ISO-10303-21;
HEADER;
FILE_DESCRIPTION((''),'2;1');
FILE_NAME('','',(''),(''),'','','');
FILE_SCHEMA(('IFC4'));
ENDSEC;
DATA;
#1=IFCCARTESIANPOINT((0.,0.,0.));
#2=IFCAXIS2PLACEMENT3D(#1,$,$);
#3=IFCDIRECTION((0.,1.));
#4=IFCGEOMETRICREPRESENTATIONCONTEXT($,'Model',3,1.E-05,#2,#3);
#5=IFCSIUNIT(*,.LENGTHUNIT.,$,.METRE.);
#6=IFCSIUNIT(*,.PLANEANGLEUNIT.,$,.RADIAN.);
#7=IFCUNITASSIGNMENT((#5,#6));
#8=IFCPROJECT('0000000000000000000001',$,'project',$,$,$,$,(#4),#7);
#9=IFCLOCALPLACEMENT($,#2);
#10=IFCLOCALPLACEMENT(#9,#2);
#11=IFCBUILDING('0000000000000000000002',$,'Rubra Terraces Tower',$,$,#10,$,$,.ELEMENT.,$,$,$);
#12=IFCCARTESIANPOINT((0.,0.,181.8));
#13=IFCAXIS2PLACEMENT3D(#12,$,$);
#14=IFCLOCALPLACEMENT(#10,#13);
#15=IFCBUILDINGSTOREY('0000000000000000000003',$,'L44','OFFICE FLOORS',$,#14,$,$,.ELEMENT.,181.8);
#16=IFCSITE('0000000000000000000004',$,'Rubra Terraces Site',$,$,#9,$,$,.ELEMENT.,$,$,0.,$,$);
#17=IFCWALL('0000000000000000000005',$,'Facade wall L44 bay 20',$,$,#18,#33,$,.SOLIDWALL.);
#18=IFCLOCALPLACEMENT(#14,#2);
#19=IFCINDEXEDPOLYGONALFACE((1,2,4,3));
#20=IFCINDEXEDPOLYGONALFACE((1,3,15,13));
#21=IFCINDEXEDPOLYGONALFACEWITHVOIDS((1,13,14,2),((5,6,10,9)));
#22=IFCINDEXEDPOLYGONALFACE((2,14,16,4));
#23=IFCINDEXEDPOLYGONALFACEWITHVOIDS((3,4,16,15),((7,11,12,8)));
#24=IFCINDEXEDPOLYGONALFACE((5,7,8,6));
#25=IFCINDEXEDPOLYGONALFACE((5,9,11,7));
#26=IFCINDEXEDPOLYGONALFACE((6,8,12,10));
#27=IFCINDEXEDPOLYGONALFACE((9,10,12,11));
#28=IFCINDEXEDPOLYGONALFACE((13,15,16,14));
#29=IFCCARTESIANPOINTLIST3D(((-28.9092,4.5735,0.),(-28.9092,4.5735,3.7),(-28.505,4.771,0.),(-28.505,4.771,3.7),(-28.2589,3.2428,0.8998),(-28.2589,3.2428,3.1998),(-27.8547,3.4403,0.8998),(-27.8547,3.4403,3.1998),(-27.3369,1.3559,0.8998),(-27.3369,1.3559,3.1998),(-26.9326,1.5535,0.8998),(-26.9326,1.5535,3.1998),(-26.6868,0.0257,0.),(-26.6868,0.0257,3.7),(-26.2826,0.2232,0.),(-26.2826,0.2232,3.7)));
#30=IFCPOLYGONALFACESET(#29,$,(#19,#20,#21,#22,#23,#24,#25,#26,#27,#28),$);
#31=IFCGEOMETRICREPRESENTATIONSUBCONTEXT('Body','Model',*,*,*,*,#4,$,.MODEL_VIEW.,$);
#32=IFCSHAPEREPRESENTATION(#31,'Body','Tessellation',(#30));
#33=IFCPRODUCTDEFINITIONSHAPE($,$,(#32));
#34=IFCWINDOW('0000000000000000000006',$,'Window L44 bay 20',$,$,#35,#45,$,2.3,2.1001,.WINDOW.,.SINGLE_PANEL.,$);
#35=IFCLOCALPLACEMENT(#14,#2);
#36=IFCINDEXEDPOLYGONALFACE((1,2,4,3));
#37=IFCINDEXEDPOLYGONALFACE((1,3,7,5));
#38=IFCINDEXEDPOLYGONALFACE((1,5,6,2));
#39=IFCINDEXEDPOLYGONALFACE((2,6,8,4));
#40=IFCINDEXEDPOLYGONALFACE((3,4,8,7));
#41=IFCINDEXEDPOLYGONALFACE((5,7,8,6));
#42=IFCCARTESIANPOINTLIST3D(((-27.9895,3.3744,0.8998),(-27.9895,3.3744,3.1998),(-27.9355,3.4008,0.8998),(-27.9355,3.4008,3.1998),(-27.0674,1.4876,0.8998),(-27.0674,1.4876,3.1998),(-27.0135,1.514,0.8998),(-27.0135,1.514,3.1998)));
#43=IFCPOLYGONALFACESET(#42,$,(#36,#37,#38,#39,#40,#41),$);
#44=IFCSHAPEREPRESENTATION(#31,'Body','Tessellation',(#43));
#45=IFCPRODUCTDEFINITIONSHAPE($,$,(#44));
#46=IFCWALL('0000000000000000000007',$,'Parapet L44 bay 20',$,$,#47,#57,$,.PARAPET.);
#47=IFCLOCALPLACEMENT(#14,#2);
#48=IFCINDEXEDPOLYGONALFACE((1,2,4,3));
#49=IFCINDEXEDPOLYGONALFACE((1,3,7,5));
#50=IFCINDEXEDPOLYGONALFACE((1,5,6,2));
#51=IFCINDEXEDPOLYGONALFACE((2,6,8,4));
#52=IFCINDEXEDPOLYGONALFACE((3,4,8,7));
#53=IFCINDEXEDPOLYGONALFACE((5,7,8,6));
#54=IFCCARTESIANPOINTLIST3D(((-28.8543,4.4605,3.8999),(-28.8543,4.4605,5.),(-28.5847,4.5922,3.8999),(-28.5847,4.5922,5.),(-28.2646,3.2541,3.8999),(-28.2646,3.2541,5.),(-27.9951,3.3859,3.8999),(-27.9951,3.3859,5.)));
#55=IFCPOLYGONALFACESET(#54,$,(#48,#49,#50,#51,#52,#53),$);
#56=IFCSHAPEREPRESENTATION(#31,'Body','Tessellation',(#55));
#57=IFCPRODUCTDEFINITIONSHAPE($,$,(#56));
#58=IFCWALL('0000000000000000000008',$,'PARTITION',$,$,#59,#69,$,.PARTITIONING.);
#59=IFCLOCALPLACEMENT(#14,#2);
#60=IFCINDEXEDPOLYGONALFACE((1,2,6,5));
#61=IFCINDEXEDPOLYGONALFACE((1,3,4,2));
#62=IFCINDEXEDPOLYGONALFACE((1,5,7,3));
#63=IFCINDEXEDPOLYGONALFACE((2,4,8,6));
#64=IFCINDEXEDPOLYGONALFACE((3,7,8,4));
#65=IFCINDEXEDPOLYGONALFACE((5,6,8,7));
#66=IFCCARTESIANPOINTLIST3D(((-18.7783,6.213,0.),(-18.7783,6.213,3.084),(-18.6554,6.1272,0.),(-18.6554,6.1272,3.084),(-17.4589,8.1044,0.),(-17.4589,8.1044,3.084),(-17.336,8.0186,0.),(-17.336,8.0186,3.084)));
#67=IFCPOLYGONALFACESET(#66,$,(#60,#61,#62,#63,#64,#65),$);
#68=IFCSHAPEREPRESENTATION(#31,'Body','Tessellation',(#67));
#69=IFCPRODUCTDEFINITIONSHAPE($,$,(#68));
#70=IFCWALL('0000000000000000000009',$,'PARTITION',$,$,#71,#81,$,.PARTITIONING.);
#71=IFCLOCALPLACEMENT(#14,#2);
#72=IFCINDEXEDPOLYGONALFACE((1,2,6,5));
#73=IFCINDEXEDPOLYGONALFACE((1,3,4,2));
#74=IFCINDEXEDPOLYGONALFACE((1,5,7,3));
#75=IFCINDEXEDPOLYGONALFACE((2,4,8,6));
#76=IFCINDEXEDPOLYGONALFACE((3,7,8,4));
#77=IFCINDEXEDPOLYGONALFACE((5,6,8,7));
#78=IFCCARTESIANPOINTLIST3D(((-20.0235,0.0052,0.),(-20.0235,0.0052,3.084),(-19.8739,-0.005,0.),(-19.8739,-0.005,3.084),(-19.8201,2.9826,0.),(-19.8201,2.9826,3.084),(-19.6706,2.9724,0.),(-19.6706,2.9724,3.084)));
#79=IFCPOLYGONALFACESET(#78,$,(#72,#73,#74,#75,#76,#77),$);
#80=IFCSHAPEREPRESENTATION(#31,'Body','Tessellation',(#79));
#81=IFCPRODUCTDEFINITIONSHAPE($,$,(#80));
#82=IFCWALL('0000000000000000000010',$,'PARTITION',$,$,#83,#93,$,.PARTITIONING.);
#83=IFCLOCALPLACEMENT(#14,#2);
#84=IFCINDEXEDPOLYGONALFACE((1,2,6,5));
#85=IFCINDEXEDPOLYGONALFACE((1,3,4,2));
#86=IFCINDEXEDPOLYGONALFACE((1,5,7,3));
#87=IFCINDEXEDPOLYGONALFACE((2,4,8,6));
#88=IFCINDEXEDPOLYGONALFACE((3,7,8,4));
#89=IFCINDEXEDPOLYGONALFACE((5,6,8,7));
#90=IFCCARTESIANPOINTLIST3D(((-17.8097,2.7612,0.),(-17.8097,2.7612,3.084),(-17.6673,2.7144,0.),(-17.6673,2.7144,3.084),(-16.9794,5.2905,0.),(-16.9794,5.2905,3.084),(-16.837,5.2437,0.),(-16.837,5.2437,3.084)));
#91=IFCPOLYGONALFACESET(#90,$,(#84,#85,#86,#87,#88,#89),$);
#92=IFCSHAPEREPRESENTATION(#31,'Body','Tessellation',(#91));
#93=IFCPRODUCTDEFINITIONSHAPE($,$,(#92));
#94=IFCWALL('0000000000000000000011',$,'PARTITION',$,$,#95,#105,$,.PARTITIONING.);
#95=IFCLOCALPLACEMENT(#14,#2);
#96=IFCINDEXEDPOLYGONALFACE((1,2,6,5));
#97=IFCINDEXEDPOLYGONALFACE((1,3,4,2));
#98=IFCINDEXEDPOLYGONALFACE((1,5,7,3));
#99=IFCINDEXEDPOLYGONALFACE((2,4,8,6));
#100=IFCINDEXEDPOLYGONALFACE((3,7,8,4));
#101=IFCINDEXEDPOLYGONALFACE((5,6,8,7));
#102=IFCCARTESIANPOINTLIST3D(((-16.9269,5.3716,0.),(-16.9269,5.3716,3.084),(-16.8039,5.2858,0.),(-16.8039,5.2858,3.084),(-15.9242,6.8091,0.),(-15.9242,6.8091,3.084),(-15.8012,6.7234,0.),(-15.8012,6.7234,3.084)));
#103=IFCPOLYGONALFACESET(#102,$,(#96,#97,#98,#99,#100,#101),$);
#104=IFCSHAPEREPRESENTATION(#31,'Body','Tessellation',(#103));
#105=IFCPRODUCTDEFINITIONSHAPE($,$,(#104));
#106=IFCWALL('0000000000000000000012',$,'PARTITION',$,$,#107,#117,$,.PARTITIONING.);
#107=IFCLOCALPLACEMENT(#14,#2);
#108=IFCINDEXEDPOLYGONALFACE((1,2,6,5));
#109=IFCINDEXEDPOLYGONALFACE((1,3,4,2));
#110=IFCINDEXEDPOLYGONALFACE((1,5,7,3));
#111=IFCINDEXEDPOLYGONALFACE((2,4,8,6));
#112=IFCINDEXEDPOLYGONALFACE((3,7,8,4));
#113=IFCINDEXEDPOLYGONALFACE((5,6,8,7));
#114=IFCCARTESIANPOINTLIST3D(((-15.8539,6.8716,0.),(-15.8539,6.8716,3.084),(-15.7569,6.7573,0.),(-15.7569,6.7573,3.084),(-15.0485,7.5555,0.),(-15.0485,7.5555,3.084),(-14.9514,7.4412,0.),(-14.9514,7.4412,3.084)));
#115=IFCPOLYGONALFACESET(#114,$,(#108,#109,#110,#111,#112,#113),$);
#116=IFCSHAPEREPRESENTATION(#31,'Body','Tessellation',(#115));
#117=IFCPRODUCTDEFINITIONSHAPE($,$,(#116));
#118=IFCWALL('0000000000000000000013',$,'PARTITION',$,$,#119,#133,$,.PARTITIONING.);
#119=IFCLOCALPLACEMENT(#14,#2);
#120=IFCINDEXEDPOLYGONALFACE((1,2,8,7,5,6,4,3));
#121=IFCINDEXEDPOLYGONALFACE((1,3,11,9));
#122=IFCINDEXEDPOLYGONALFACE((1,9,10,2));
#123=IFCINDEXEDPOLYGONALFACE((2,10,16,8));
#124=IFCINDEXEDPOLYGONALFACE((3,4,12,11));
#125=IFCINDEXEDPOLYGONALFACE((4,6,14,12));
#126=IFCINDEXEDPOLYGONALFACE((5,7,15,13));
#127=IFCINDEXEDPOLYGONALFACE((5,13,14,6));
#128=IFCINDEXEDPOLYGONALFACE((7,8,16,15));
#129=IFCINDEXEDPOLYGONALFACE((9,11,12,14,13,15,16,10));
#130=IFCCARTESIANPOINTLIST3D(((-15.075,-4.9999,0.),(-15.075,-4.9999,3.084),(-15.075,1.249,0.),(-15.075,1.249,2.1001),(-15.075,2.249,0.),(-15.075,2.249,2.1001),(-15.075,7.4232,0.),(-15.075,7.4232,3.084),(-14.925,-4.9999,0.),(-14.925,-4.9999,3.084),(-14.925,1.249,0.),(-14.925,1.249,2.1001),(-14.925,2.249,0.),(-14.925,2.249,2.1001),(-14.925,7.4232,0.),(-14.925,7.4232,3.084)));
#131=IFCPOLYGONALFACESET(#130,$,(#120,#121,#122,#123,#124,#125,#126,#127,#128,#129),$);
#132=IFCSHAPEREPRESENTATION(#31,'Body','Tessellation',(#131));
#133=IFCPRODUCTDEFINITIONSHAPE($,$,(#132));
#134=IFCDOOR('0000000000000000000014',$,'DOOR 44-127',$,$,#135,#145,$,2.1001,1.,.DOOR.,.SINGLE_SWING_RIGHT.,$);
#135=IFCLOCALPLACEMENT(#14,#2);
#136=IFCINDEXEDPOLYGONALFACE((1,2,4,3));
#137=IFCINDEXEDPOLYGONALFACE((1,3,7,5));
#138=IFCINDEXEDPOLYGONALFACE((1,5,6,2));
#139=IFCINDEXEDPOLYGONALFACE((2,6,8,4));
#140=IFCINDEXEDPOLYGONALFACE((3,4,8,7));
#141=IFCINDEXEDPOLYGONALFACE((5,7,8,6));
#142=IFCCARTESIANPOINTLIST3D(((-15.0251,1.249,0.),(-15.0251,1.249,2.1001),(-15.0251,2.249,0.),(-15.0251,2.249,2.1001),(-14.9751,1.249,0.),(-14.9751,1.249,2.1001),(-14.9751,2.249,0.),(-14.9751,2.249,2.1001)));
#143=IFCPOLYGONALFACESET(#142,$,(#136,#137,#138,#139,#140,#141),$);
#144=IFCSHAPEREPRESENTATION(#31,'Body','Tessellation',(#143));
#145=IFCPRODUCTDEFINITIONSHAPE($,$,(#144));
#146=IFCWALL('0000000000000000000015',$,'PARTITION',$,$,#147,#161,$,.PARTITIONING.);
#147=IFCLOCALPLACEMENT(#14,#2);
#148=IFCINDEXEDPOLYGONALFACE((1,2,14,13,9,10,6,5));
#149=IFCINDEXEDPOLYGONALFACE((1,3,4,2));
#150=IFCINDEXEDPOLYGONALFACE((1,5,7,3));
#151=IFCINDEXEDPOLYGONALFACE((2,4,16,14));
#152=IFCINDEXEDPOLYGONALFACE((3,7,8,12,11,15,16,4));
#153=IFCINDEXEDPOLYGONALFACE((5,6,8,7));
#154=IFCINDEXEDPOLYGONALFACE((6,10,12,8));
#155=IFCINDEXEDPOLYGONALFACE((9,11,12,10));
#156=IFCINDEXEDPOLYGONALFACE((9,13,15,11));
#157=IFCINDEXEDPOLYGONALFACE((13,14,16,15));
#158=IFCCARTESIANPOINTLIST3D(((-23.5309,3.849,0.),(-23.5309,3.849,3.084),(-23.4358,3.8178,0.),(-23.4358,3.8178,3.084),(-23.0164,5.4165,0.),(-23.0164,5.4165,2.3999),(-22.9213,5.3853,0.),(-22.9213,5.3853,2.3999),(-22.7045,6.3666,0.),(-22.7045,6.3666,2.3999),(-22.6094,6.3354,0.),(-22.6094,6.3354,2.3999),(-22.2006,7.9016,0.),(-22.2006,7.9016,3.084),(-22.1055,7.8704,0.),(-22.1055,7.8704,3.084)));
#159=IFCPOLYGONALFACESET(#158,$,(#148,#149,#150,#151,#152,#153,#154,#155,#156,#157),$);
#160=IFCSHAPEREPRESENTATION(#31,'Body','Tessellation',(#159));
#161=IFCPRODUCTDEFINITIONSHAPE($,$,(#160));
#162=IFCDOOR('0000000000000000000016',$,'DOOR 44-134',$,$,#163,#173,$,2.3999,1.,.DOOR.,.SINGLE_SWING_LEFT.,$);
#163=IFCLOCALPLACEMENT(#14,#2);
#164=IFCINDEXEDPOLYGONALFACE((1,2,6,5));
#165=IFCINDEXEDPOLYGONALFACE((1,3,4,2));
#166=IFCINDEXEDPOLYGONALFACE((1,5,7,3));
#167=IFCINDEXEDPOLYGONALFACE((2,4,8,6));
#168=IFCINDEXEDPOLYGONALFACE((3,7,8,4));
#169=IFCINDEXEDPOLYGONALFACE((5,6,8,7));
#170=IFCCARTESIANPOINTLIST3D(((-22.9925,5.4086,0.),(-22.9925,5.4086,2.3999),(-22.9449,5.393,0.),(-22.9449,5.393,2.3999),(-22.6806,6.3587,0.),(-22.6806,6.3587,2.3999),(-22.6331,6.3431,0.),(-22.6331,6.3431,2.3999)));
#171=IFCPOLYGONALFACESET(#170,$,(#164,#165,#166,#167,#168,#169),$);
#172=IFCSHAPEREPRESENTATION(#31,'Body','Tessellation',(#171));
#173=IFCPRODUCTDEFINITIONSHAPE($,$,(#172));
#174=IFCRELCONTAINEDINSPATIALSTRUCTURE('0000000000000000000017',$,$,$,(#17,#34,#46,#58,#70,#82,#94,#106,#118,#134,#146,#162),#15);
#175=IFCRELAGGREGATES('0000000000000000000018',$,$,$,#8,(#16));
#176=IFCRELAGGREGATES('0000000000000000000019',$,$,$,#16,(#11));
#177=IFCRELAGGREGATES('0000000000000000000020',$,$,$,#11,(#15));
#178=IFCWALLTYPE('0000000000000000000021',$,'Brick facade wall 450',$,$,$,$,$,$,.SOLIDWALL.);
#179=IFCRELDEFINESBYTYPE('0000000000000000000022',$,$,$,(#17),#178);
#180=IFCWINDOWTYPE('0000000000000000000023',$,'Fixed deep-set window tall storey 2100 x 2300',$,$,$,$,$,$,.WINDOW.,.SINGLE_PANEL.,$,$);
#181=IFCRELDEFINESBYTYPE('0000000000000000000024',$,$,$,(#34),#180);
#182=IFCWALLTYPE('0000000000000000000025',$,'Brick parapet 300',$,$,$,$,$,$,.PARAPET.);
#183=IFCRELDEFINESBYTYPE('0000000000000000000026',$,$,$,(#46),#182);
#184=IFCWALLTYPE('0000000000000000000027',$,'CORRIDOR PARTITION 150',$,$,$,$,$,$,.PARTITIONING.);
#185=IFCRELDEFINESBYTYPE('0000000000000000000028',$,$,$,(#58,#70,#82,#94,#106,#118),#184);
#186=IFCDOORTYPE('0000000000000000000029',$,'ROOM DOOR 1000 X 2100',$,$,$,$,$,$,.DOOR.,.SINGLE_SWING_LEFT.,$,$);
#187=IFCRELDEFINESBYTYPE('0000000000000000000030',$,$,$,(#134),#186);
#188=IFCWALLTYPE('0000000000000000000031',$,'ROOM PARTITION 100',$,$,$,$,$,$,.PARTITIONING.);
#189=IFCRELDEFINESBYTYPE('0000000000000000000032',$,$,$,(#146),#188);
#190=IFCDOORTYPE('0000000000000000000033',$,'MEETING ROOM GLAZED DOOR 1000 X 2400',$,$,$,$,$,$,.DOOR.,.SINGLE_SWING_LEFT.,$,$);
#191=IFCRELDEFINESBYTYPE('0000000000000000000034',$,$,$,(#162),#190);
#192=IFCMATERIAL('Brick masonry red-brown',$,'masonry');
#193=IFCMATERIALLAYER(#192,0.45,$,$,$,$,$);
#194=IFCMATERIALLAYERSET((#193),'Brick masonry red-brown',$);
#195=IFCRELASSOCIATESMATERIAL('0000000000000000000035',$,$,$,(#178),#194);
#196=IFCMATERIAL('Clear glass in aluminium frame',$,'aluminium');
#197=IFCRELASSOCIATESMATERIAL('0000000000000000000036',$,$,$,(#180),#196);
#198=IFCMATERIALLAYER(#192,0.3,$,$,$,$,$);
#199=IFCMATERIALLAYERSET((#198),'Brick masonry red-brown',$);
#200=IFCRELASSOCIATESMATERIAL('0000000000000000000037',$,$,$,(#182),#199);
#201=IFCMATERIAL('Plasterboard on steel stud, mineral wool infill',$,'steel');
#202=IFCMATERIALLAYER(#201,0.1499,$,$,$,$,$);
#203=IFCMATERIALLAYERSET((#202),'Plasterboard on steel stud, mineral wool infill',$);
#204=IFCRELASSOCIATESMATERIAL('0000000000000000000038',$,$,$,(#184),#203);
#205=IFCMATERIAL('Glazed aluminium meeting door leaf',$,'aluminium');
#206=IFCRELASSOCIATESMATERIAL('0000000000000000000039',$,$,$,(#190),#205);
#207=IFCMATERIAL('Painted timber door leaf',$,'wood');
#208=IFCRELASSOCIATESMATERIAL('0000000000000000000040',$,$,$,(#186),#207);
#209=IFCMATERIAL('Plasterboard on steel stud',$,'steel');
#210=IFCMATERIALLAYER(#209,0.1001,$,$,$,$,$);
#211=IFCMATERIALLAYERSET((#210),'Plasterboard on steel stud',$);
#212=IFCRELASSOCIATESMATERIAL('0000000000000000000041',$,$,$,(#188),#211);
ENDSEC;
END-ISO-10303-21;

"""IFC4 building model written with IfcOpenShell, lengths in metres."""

from ifc_helpers import new_model, si_unit, direction, frame, frame_2d, origin, place, context, subcontext, project, spatial, rectangle, extrude, material, layer, layer_set, type_object, element, fill, save


model = new_model("IFC4")

# Units and contexts
model_context = context("Model", 3, precision=1e-05, world=origin(), true_north=direction((0.0, 1.0)))
body_context = subcontext(model_context, "Body", "Model", "MODEL_VIEW")
ifc_project = project(units=[si_unit("LENGTHUNIT", "METRE"), si_unit("PLANEANGLEUNIT", "RADIAN")], contexts=[model_context])

# Site, building, storey
site_placement = place(None, origin())
site = spatial("IfcSite", under=ifc_project, at=site_placement, Name="Rubra Terraces Site", CompositionType="ELEMENT", RefElevation=0.0)
building_placement = place(site_placement, origin())
building = spatial("IfcBuilding", under=site, at=building_placement, Name="Rubra Terraces Tower", CompositionType="ELEMENT")
storey_placement = place(building_placement, frame((0.0, 0.0, 181.8)))
storey = spatial("IfcBuildingStorey", under=building, at=storey_placement, Name="L44", Description="OFFICE FLOORS", CompositionType="ELEMENT", Elevation=181.8)

# Wall, opening, window
ifc_material_1 = material(Name="Brick masonry red-brown", Category="masonry")
ifc_layer_1 = layer(ifc_material_1, 0.45)
ifc_layer_set_1 = layer_set([ifc_layer_1], Name="Brick masonry red-brown")
wall_type_1 = type_object("IfcWallType", Name="Brick facade wall 450", PredefinedType="SOLIDWALL", material=ifc_layer_set_1)
wall_1_placement = place(storey_placement, frame((-28.707, 4.6721, 0.0), z_axis=(0.0, 0.0, 1.0), x_axis=(0.439054, -0.898461, 0.0)))
wall_1 = element("IfcWall", 1, at=wall_1_placement, inside=storey, type_object=wall_type_1, Name="Facade wall L44 bay 20", PredefinedType="SOLIDWALL", context=body_context, shape_type="SweptSolid", body=[
    extrude(rectangle(XDim=5.0618, YDim=0.45, at=frame_2d((2.5308, 0.0))), origin(), (0.0, 0.0, 1.0), 3.7),
])
opening_1_placement = place(wall_1_placement, frame((1.481, 0.0, 0.8999)))
opening_1 = element("IfcOpeningElement", 2, at=opening_1_placement, cuts=wall_1, PredefinedType="OPENING", context=body_context, shape_type="SweptSolid", body=[
    extrude(rectangle(XDim=2.1001, YDim=2.3, at=frame_2d((1.05, 1.1499))), frame((0.0, 0.2349, 0.0), z_axis=(0.0, -1.0, 0.0), x_axis=(1.0, 0.0, 0.0)), (0.0, 0.0, 1.0), 0.47),
])
ifc_material_2 = material(Name="Clear glass in aluminium frame", Category="aluminium")
window_type = type_object("IfcWindowType", Name="Fixed deep-set window tall storey 2100 x 2300", PartitioningType="SINGLE_PANEL", PredefinedType="WINDOW", material=ifc_material_2)
window_placement = place(opening_1_placement, origin())
window = element("IfcWindow", 3, at=window_placement, inside=storey, type_object=window_type, Name="Window L44 bay 20", OverallHeight=2.3, OverallWidth=2.1001, PartitioningType="SINGLE_PANEL", PredefinedType="WINDOW", context=body_context, shape_type="SweptSolid", body=[
    extrude(rectangle(XDim=2.1001, YDim=2.3, at=frame_2d((1.05, 1.1499))), frame((0.0, 0.135, 0.0), z_axis=(0.0, -1.0, 0.0), x_axis=(1.0, 0.0, 0.0)), (0.0, 0.0, 1.0), 0.0601),
])
fill(opening_1, window)

# Walls
ifc_layer_2 = layer(ifc_material_1, 0.3)
ifc_layer_set_2 = layer_set([ifc_layer_2], Name="Brick masonry red-brown")
wall_type_2 = type_object("IfcWallType", Name="Brick parapet 300", PredefinedType="PARAPET", material=ifc_layer_set_2)
wall_2_placement = place(storey_placement, frame((-28.7195, 4.5264, 3.8999), z_axis=(0.0, 0.0, 1.0), x_axis=(0.439122, -0.898427, 0.0)))
element("IfcWall", 4, at=wall_2_placement, inside=storey, type_object=wall_type_2, Name="Parapet L44 bay 20", PredefinedType="PARAPET", context=body_context, shape_type="SweptSolid", body=[
    extrude(rectangle(XDim=1.3428, YDim=0.3, at=frame_2d((0.6714, 0.0))), origin(), (0.0, 0.0, 1.0), 1.1001),
])
ifc_material_3 = material(Name="Plasterboard on steel stud, mineral wool infill", Category="steel")
ifc_layer_3 = layer(ifc_material_3, 0.1499)
ifc_layer_set_3 = layer_set([ifc_layer_3], Name="Plasterboard on steel stud, mineral wool infill")
wall_type_3 = type_object("IfcWallType", Name="CORRIDOR PARTITION 150", PredefinedType="PARTITIONING", material=ifc_layer_set_3)
wall_3_placement = place(storey_placement, frame((-17.3975, 8.0615, 0.0), z_axis=(0.0, 0.0, 1.0), x_axis=(-0.572119, -0.820171, 0.0)))
element("IfcWall", 5, at=wall_3_placement, inside=storey, type_object=wall_type_3, Name="PARTITION", PredefinedType="PARTITIONING", context=body_context, shape_type="SweptSolid", body=[
    extrude(rectangle(XDim=2.3062, YDim=0.1499, at=frame_2d((1.1531, 0.0))), origin(), (0.0, 0.0, 1.0), 3.084),
])

# Shared definitions
ifc_material_4 = material(Name="Glazed aluminium meeting door leaf", Category="aluminium")
door_type_1 = type_object("IfcDoorType", Name="MEETING ROOM GLAZED DOOR 1000 X 2400", OperationType="SINGLE_SWING_LEFT", PredefinedType="DOOR", material=ifc_material_4)

# Walls
wall_4_placement = place(storey_placement, frame((-19.7454, 2.9775, 0.0), z_axis=(0.0, 0.0, 1.0), x_axis=(-0.068142, -0.997676, 0.0)))
element("IfcWall", 6, at=wall_4_placement, inside=storey, type_object=wall_type_3, Name="PARTITION", PredefinedType="PARTITIONING", context=body_context, shape_type="SweptSolid", body=[
    extrude(rectangle(XDim=2.9844, YDim=0.1499, at=frame_2d((1.4922, 0.0))), origin(), (0.0, 0.0, 1.0), 3.084),
])
wall_5_placement = place(storey_placement, frame((-17.7385, 2.7378, 0.0), z_axis=(0.0, 0.0, 1.0), x_axis=(0.311905, 0.950113, 0.0)))
element("IfcWall", 7, at=wall_5_placement, inside=storey, type_object=wall_type_3, Name="PARTITION", PredefinedType="PARTITIONING", context=body_context, shape_type="SweptSolid", body=[
    extrude(rectangle(XDim=2.6621, YDim=0.1499, at=frame_2d((1.3311, 0.0))), origin(), (0.0, 0.0, 1.0), 3.084),
])
wall_6_placement = place(storey_placement, frame((-16.8655, 5.3286, 0.0), z_axis=(0.0, 0.0, 1.0), x_axis=(0.572097, 0.820186, 0.0)))
element("IfcWall", 8, at=wall_6_placement, inside=storey, type_object=wall_type_3, Name="PARTITION", PredefinedType="PARTITIONING", context=body_context, shape_type="SweptSolid", body=[
    extrude(rectangle(XDim=1.7527, YDim=0.1499, at=frame_2d((0.8765, 0.0))), origin(), (0.0, 0.0, 1.0), 3.084),
])
wall_7_placement = place(storey_placement, frame((-15.8054, 6.8145, 0.0), z_axis=(0.0, 0.0, 1.0), x_axis=(0.762298, 0.647226, 0.0)))
element("IfcWall", 9, at=wall_7_placement, inside=storey, type_object=wall_type_3, Name="PARTITION", PredefinedType="PARTITIONING", context=body_context, shape_type="SweptSolid", body=[
    extrude(rectangle(XDim=1.0566, YDim=0.1499, at=frame_2d((0.5283, 0.0))), origin(), (0.0, 0.0, 1.0), 3.084),
])

# Walls, openings, doors
wall_8_placement = place(storey_placement, frame((-15.0, 7.4231, 0.0), z_axis=(0.0, 0.0, 1.0), x_axis=(0.0, -1.0, 0.0)))
wall_8 = element("IfcWall", 10, at=wall_8_placement, inside=storey, type_object=wall_type_3, Name="PARTITION", PredefinedType="PARTITIONING", context=body_context, shape_type="SweptSolid", body=[
    extrude(rectangle(XDim=12.4231, YDim=0.1499, at=frame_2d((6.2114, 0.0))), origin(), (0.0, 0.0, 1.0), 3.084),
])
opening_2_placement = place(wall_8_placement, frame((5.1741, 0.0, 0.0)))
opening_2 = element("IfcOpeningElement", 11, at=opening_2_placement, cuts=wall_8, PredefinedType="OPENING", context=body_context, shape_type="SweptSolid", body=[
    extrude(rectangle(XDim=1.0, YDim=2.1001, at=frame_2d((0.5, 1.05))), frame((0.0, 0.085, 0.0), z_axis=(0.0, -1.0, 0.0), x_axis=(1.0, 0.0, 0.0)), (0.0, 0.0, 1.0), 0.1699),
])
ifc_material_5 = material(Name="Painted timber door leaf", Category="wood")
door_type_2 = type_object("IfcDoorType", Name="ROOM DOOR 1000 X 2100", OperationType="SINGLE_SWING_LEFT", PredefinedType="DOOR", material=ifc_material_5)
door_1_placement = place(opening_2_placement, origin())
door_1 = element("IfcDoor", 12, at=door_1_placement, inside=storey, type_object=door_type_2, Name="DOOR 44-127", OperationType="SINGLE_SWING_RIGHT", OverallHeight=2.1001, OverallWidth=1.0, PredefinedType="DOOR", context=body_context, shape_type="SweptSolid", body=[
    extrude(rectangle(XDim=1.0, YDim=2.1001, at=frame_2d((0.5, 1.05))), frame((0.0, 0.0249, 0.0), z_axis=(0.0, -1.0, 0.0), x_axis=(1.0, 0.0, 0.0)), (0.0, 0.0, 1.0), 0.05),
])
fill(opening_2, door_1)
ifc_material_6 = material(Name="Plasterboard on steel stud", Category="steel")
ifc_layer_4 = layer(ifc_material_6, 0.1001)
ifc_layer_set_4 = layer_set([ifc_layer_4], Name="Plasterboard on steel stud")
wall_type_4 = type_object("IfcWallType", Name="ROOM PARTITION 100", PredefinedType="PARTITIONING", material=ifc_layer_set_4)
wall_9_placement = place(storey_placement, frame((-23.4834, 3.8333, 0.0), z_axis=(0.0, 0.0, 1.0), x_axis=(0.31188, 0.950121, 0.0)))
wall_9 = element("IfcWall", 13, at=wall_9_placement, inside=storey, type_object=wall_type_4, Name="PARTITION", PredefinedType="PARTITIONING", context=body_context, shape_type="SweptSolid", body=[
    extrude(rectangle(XDim=4.2654, YDim=0.1001, at=frame_2d((2.1328, 0.0))), origin(), (0.0, 0.0, 1.0), 3.084),
])
opening_3_placement = place(wall_9_placement, frame((1.6499, 0.0, 0.0)))
opening_3 = element("IfcOpeningElement", 14, at=opening_3_placement, cuts=wall_9, PredefinedType="OPENING", context=body_context, shape_type="SweptSolid", body=[
    extrude(rectangle(XDim=1.0, YDim=2.3999, at=frame_2d((0.5, 1.2))), frame((0.0, 0.0601, 0.0), z_axis=(0.0, -1.0, 0.0), x_axis=(1.0, 0.0, 0.0)), (0.0, 0.0, 1.0), 0.1201),
])
door_2_placement = place(opening_3_placement, origin())
door_2 = element("IfcDoor", 15, at=door_2_placement, inside=storey, type_object=door_type_1, Name="DOOR 44-134", OperationType="SINGLE_SWING_LEFT", OverallHeight=2.3999, OverallWidth=1.0, PredefinedType="DOOR", context=body_context, shape_type="SweptSolid", body=[
    extrude(rectangle(XDim=1.0, YDim=2.3999, at=frame_2d((0.5, 1.2))), frame((0.0, 0.0249, 0.0), z_axis=(0.0, -1.0, 0.0), x_axis=(1.0, 0.0, 0.0)), (0.0, 0.0, 1.0), 0.05),
])
fill(opening_3, door_2)

save(model, "model.ifc")
